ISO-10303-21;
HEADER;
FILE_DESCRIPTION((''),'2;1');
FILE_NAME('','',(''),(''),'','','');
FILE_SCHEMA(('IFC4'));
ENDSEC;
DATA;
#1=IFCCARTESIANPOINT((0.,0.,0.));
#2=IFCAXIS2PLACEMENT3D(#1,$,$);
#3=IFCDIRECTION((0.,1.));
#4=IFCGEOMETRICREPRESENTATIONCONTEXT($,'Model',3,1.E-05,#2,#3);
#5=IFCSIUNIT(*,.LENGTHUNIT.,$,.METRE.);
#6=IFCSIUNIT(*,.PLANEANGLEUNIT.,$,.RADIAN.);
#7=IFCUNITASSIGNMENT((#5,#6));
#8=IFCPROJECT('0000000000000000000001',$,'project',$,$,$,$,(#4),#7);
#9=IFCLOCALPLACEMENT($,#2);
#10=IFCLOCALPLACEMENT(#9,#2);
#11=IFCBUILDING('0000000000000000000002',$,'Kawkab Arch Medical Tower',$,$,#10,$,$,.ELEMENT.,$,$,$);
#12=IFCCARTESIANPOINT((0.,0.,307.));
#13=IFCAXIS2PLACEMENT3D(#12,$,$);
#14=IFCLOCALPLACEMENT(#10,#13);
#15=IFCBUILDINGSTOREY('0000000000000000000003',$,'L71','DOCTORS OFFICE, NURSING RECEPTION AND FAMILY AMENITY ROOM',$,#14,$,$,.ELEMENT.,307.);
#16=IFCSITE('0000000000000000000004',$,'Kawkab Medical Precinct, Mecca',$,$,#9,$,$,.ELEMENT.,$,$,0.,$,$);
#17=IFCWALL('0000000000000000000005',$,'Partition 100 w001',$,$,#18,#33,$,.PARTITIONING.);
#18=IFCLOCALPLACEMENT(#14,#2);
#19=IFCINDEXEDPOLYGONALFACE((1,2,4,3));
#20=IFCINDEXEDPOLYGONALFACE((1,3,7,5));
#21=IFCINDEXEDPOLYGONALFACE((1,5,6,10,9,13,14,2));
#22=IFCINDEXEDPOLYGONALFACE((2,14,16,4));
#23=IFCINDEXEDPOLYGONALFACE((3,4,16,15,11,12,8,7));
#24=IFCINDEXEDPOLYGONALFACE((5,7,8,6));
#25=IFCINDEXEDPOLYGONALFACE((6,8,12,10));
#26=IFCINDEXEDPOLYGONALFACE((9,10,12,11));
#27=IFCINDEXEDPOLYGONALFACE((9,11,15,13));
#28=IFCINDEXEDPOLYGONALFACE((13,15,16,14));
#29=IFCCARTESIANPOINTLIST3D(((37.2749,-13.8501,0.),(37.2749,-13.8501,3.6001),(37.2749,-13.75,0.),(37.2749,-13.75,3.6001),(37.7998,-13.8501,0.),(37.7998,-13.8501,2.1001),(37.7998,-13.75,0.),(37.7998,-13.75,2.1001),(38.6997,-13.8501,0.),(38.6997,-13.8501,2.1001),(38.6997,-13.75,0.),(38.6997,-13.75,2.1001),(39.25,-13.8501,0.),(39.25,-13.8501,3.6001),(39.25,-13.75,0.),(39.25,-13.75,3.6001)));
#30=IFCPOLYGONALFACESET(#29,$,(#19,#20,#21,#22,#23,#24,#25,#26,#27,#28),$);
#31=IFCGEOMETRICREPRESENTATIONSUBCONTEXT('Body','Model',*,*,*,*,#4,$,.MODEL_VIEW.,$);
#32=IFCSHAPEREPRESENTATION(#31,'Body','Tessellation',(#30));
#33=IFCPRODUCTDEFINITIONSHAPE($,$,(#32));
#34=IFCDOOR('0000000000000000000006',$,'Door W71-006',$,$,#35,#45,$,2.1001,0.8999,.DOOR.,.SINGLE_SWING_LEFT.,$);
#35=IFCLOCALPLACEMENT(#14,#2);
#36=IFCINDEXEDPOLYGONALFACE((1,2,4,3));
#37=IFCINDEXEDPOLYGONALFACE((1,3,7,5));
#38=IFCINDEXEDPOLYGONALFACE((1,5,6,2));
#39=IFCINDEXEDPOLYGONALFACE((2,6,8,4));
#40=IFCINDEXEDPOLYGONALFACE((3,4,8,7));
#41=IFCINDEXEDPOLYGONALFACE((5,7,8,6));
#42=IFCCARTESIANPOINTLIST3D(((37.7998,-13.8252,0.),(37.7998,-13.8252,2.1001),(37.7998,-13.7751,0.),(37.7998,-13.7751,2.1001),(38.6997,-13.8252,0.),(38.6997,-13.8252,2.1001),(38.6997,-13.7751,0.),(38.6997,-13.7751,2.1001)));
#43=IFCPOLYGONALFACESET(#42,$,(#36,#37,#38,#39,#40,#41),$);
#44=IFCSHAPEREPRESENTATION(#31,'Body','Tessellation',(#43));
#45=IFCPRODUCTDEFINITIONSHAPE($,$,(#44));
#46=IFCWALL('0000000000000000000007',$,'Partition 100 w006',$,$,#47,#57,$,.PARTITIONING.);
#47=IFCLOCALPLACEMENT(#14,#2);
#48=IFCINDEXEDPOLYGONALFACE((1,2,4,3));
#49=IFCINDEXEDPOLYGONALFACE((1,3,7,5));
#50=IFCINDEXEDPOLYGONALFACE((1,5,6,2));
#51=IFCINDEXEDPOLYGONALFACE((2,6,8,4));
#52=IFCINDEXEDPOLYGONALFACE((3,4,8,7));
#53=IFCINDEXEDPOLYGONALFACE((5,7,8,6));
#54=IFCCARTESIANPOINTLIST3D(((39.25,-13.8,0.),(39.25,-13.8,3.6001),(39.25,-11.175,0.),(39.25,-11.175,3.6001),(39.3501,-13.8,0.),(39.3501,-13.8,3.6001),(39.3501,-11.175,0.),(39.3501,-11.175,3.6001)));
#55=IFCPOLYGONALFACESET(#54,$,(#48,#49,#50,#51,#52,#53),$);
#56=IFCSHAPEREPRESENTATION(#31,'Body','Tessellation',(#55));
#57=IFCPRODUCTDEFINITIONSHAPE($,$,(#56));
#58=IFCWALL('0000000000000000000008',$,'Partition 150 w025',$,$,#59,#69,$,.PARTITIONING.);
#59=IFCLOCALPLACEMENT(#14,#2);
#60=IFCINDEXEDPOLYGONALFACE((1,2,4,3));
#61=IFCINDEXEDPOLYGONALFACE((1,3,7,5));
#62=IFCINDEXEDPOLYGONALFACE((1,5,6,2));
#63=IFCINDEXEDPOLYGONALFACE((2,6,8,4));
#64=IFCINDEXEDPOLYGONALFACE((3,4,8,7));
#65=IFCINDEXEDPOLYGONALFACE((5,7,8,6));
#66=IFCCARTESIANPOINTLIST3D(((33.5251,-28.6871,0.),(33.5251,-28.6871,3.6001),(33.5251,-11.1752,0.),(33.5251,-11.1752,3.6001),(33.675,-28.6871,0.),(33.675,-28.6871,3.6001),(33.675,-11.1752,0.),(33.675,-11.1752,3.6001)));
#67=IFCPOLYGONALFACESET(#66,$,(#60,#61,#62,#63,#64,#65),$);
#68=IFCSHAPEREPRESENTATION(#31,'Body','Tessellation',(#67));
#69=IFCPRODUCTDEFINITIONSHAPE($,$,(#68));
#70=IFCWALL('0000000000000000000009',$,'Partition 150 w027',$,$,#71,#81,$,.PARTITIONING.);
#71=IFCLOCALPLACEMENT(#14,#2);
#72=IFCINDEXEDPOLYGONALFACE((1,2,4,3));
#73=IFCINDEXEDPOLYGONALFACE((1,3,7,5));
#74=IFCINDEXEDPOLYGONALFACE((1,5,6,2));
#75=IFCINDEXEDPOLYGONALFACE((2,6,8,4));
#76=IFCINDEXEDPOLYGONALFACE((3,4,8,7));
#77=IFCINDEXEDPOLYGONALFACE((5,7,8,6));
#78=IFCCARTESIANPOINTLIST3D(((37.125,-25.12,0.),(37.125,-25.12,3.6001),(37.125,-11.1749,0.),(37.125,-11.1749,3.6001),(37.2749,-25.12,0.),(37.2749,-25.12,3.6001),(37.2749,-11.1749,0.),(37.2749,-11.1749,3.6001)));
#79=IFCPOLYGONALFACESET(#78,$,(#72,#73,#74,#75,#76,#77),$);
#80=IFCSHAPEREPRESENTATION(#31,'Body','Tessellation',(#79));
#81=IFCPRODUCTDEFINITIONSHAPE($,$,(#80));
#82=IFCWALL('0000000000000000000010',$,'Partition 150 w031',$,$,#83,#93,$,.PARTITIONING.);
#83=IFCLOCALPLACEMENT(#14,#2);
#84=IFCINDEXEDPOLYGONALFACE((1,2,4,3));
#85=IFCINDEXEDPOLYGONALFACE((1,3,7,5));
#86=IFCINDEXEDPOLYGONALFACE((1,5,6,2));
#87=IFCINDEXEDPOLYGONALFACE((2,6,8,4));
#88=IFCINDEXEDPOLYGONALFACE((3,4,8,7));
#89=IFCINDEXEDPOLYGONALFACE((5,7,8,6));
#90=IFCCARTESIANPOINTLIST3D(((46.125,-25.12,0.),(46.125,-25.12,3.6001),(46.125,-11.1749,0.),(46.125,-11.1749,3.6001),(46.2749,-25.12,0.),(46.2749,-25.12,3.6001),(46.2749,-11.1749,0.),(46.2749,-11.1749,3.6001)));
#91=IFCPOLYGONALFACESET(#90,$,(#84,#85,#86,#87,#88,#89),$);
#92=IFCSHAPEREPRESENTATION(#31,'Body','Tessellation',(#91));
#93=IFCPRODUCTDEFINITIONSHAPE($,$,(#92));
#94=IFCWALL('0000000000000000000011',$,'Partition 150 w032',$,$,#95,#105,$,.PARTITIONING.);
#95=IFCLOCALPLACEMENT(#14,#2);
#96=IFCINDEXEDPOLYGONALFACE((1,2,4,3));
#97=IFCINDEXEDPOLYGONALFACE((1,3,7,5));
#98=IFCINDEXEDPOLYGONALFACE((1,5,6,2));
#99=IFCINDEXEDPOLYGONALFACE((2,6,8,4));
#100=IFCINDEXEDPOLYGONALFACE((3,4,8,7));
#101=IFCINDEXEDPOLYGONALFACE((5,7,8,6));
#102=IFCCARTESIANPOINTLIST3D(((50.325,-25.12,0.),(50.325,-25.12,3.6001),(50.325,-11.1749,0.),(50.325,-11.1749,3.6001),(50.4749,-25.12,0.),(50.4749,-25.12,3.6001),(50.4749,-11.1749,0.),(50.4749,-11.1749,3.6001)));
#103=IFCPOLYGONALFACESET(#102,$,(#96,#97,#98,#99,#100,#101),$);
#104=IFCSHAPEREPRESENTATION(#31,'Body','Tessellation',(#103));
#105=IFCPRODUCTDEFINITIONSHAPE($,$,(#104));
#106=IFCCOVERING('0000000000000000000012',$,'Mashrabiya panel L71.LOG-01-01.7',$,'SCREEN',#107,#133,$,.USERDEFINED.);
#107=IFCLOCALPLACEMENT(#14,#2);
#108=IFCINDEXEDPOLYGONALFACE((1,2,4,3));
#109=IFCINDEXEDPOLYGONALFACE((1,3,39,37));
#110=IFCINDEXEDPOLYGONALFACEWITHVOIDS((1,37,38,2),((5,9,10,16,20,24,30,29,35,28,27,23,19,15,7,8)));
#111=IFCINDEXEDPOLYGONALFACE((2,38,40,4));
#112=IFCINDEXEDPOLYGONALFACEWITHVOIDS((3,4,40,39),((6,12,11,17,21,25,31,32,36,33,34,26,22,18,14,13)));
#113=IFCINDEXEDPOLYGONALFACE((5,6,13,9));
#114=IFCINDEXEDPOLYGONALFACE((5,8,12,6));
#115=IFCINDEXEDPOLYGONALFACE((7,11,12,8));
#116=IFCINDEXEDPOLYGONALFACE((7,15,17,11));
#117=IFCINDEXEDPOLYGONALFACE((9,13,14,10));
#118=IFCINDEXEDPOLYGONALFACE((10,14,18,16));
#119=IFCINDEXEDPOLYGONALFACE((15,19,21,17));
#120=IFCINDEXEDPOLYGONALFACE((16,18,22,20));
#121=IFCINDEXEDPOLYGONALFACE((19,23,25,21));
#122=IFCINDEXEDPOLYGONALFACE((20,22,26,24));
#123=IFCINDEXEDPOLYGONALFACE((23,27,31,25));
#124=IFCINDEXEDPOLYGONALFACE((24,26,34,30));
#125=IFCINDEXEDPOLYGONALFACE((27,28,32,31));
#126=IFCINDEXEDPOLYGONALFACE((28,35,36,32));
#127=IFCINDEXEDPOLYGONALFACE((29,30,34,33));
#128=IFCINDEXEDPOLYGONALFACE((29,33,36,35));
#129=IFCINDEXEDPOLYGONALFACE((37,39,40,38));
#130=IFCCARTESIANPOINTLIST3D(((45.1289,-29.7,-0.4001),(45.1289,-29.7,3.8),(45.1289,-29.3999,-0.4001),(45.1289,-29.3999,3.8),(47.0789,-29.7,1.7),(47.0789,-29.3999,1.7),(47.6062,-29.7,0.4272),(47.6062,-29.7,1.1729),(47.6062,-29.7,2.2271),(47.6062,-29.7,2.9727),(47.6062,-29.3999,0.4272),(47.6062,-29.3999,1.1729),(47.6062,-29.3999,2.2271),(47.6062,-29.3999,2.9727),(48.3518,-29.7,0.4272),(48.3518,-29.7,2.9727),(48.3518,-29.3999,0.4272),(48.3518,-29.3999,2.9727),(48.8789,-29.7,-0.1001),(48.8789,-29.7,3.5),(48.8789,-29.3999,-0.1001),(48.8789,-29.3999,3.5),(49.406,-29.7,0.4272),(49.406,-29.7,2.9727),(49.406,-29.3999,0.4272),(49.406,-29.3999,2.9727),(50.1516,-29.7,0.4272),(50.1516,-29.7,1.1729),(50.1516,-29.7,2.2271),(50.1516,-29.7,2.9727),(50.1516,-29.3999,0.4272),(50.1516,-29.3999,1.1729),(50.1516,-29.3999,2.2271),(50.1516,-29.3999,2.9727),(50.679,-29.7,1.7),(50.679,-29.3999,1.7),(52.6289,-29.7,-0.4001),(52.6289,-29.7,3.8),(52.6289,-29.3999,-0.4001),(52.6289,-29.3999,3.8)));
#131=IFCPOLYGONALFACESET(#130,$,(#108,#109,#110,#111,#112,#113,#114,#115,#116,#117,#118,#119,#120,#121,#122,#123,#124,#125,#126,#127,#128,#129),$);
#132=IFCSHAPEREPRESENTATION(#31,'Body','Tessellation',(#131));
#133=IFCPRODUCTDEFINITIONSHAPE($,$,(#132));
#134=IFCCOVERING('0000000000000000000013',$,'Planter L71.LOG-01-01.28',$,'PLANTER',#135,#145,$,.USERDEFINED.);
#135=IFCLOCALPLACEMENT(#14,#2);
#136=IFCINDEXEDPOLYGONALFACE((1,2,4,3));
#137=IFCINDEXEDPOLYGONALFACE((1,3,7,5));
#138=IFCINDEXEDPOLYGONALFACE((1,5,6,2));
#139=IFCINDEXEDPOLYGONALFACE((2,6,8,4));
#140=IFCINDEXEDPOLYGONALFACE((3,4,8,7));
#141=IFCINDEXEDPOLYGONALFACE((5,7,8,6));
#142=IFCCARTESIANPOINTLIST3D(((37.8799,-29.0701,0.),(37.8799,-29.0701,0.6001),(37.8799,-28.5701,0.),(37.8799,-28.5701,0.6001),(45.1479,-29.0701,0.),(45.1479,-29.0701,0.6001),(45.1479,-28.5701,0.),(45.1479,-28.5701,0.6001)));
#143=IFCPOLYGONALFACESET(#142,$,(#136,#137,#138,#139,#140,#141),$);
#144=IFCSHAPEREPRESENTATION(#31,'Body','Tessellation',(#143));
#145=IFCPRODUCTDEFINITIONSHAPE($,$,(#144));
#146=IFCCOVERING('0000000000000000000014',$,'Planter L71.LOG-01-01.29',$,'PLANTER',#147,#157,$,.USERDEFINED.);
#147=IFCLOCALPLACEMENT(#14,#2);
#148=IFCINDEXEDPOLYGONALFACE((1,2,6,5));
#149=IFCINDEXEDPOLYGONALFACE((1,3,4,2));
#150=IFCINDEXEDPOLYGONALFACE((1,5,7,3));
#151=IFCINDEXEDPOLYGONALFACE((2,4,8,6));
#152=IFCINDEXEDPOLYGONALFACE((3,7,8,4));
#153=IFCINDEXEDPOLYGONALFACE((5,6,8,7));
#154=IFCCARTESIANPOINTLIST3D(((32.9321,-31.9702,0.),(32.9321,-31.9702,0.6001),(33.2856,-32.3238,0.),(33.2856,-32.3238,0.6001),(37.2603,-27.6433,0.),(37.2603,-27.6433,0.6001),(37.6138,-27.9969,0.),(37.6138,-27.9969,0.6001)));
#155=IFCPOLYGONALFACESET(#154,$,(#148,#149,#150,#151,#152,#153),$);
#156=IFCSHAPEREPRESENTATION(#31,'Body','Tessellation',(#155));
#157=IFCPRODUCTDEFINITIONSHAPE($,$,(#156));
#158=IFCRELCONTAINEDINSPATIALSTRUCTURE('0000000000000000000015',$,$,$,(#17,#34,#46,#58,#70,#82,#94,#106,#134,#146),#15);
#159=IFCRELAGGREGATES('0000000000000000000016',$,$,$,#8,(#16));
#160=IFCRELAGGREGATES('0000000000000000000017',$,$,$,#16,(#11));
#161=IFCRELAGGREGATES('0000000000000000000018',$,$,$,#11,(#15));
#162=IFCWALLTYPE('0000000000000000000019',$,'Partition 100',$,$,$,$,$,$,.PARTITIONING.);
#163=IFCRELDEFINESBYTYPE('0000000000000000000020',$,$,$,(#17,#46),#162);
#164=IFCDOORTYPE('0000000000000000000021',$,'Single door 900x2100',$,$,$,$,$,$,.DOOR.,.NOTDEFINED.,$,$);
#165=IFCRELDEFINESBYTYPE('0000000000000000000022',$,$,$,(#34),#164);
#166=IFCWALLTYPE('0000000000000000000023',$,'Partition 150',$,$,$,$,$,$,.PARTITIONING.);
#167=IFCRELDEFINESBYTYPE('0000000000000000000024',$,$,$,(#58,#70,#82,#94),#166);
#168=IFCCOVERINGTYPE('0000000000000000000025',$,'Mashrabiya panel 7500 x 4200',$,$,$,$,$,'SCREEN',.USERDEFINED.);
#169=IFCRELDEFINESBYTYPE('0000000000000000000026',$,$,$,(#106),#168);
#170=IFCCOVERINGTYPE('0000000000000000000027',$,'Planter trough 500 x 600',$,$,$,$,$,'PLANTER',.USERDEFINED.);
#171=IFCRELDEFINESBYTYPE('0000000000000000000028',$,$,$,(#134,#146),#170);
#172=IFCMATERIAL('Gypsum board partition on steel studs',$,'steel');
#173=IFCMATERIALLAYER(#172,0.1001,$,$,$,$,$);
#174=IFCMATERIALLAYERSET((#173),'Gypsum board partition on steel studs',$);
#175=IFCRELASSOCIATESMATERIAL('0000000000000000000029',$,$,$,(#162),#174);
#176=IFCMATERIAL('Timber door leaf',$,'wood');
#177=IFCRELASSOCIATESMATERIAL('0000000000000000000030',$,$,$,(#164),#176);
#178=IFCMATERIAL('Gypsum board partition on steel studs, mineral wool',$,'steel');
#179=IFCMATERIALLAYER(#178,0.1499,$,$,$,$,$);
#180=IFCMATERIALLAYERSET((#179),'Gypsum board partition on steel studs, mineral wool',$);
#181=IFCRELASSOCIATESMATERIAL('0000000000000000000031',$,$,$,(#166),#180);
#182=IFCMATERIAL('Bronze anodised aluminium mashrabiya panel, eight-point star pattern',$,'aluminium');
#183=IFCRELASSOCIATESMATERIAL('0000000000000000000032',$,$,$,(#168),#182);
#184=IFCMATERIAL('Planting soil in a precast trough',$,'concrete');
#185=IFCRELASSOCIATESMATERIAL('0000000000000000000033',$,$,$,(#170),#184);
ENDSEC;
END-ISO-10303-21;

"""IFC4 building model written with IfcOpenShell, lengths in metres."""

from ifc_helpers import new_model, si_unit, direction, frame, frame_2d, origin, origin_2d, place, context, subcontext, project, spatial, polyline, rectangle, outline, extrude, material, layer, layer_set, material_profile, profile_set, type_object, element, fill, save


model = new_model("IFC4")

# Units and contexts
model_context = context("Model", 3, precision=1e-05, world=origin(), true_north=direction((0.0, 1.0)))
body_context = subcontext(model_context, "Body", "Model", "MODEL_VIEW")
ifc_project = project(units=[si_unit("LENGTHUNIT", "METRE"), si_unit("PLANEANGLEUNIT", "RADIAN")], contexts=[model_context])

# Site, building, storey
site_placement = place(None, origin())
site = spatial("IfcSite", under=ifc_project, at=site_placement, Name="Kawkab Medical Precinct, Mecca", CompositionType="ELEMENT", RefElevation=0.0)
building_placement = place(site_placement, origin())
building = spatial("IfcBuilding", under=site, at=building_placement, Name="Kawkab Arch Medical Tower", CompositionType="ELEMENT")
storey_placement = place(building_placement, frame((0.0, 0.0, 307.0)))
storey = spatial("IfcBuildingStorey", under=building, at=storey_placement, Name="L71", Description="DOCTORS OFFICE, NURSING RECEPTION AND FAMILY AMENITY ROOM", CompositionType="ELEMENT", Elevation=307.0)

# Wall, opening, door
ifc_material_1 = material(Name="Gypsum board partition on steel studs", Category="steel")
ifc_layer_1 = layer(ifc_material_1, 0.1001)
ifc_layer_set_1 = layer_set([ifc_layer_1], Name="Gypsum board partition on steel studs")
wall_type_1 = type_object("IfcWallType", Name="Partition 100", PredefinedType="PARTITIONING", material=ifc_layer_set_1)
wall_1_placement = place(storey_placement, frame((37.2749, -13.8, 0.0), z_axis=(0.0, 0.0, 1.0), x_axis=(1.0, 0.0, 0.0)))
wall_1 = element("IfcWall", 1, at=wall_1_placement, inside=storey, type_object=wall_type_1, Name="Partition 100 w001", PredefinedType="PARTITIONING", context=body_context, shape_type="SweptSolid", body=[
    extrude(rectangle(XDim=1.9751, YDim=0.1001, at=frame_2d((0.9875, 0.0))), origin(), (0.0, 0.0, 1.0), 3.6001),
])
opening_1_placement = place(wall_1_placement, frame((0.5249, 0.0, 0.0)))
opening_1 = element("IfcOpeningElement", 2, at=opening_1_placement, cuts=wall_1, PredefinedType="OPENING", context=body_context, shape_type="SweptSolid", body=[
    extrude(rectangle(XDim=0.8999, YDim=2.1001, at=frame_2d((0.45, 1.05))), frame((0.0, 0.0601, 0.0), z_axis=(0.0, -1.0, 0.0), x_axis=(1.0, 0.0, 0.0)), (0.0, 0.0, 1.0), 0.1201),
])
ifc_material_2 = material(Name="Timber door leaf", Category="wood")
door_type_1 = type_object("IfcDoorType", Name="Single door 900x2100", OperationType="NOTDEFINED", PredefinedType="DOOR", material=ifc_material_2)
door_1_placement = place(opening_1_placement, origin())
door_1 = element("IfcDoor", 3, at=door_1_placement, inside=storey, type_object=door_type_1, Name="Door W71-006", OperationType="SINGLE_SWING_LEFT", OverallHeight=2.1001, OverallWidth=0.8999, PredefinedType="DOOR", context=body_context, shape_type="SweptSolid", body=[
    extrude(rectangle(XDim=0.8999, YDim=2.1001, at=frame_2d((0.45, 1.05))), frame((0.0, 0.0249, 0.0), z_axis=(0.0, -1.0, 0.0), x_axis=(1.0, 0.0, 0.0)), (0.0, 0.0, 1.0), 0.05),
])
fill(opening_1, door_1)

# Walls
wall_2_placement = place(storey_placement, frame((39.3, -13.8, 0.0), z_axis=(0.0, 0.0, 1.0), x_axis=(0.0, 1.0, 0.0)))
element("IfcWall", 4, at=wall_2_placement, inside=storey, type_object=wall_type_1, Name="Partition 100 w006", PredefinedType="PARTITIONING", context=body_context, shape_type="SweptSolid", body=[
    extrude(rectangle(XDim=2.625, YDim=0.1001, at=frame_2d((1.3125, 0.0))), origin(), (0.0, 0.0, 1.0), 3.6001),
])
ifc_material_3 = material(Name="Gypsum board partition on steel studs, mineral wool", Category="steel")
ifc_layer_2 = layer(ifc_material_3, 0.1499)
ifc_layer_set_2 = layer_set([ifc_layer_2], Name="Gypsum board partition on steel studs, mineral wool")
wall_type_2 = type_object("IfcWallType", Name="Partition 150", PredefinedType="PARTITIONING", material=ifc_layer_set_2)
wall_3_placement = place(storey_placement, frame((33.6001, -28.687, 0.0), z_axis=(0.0, 0.0, 1.0), x_axis=(0.0, 1.0, 0.0)))
element("IfcWall", 5, at=wall_3_placement, inside=storey, type_object=wall_type_2, Name="Partition 150 w025", PredefinedType="PARTITIONING", context=body_context, shape_type="SweptSolid", body=[
    extrude(rectangle(XDim=17.512, YDim=0.1499, at=frame_2d((8.7559, 0.0))), origin(), (0.0, 0.0, 1.0), 3.6001),
])
for number, where, z_axis, x_axis, name in (
    (6, (37.2, -25.1201, 0.0), (0.0, 0.0, 1.0), (0.0, 1.0, 0.0), "Partition 150 w027"),
    (7, (46.2, -25.1201, 0.0), (0.0, 0.0, 1.0), (0.0, 1.0, 0.0), "Partition 150 w031"),
    (8, (50.3999, -25.1201, 0.0), (0.0, 0.0, 1.0), (0.0, 1.0, 0.0), "Partition 150 w032"),
):
    element("IfcWall", number, at=place(storey_placement, frame(where, z_axis=z_axis, x_axis=x_axis)), inside=storey, type_object=wall_type_2, Name=name, PredefinedType="PARTITIONING", context=body_context, shape_type="SweptSolid", body=[
        extrude(rectangle(XDim=13.9451, YDim=0.1499, at=frame_2d((6.9727, 0.0))), origin(), (0.0, 0.0, 1.0), 3.6001),
    ])

# Coverings
ifc_material_4 = material(Name="Bronze anodised aluminium mashrabiya panel, eight-point star pattern", Category="aluminium")
ifc_material_profile_1 = material_profile(ifc_material_4, outline(polyline([(-3.75, -2.1001), (3.75, -2.1001), (3.75, 2.1001), (-3.75, 2.1001), (-3.75, -2.1001)]), holes=[polyline([(1.8, 0.0), (1.2727, 0.5271), (1.2727, 1.2727), (0.5271, 1.2727), (0.0, 1.8), (-0.5271, 1.2727), (-1.2727, 1.2727), (-1.2727, 0.5271), (-1.8, 0.0), (-1.2727, -0.5271), (-1.2727, -1.2727), (-0.5271, -1.2727), (0.0, -1.8), (0.5271, -1.2727), (1.2727, -1.2727), (1.2727, -0.5271), (1.8, 0.0)])]), Name="Mashrabiya panel 7500x4200")
ifc_profile_set_1 = profile_set([ifc_material_profile_1], Name="Bronze anodised aluminium mashrabiya panel, eight-point star pattern")
covering_type_1 = type_object("IfcCoveringType", Name="Mashrabiya panel 7500 x 4200", ElementType="SCREEN", PredefinedType="USERDEFINED", material=ifc_profile_set_1)
covering_1_placement = place(storey_placement, frame((48.8789, -29.3999, 1.7), z_axis=(0.0, -1.0, 0.0), x_axis=(1.0, 0.0, 0.0)))
element("IfcCovering", 9, at=covering_1_placement, inside=storey, type_object=covering_type_1, Name="Mashrabiya panel L71.LOG-01-01.7", ObjectType="SCREEN", PredefinedType="USERDEFINED", context=body_context, shape_type="SweptSolid", body=[
    extrude(outline(polyline([(-3.75, -2.1001), (3.75, -2.1001), (3.75, 2.1001), (-3.75, 2.1001), (-3.75, -2.1001)]), holes=[polyline([(1.8, 0.0), (1.2727, 0.5271), (1.2727, 1.2727), (0.5271, 1.2727), (0.0, 1.8), (-0.5271, 1.2727), (-1.2727, 1.2727), (-1.2727, 0.5271), (-1.8, 0.0), (-1.2727, -0.5271), (-1.2727, -1.2727), (-0.5271, -1.2727), (0.0, -1.8), (0.5271, -1.2727), (1.2727, -1.2727), (1.2727, -0.5271), (1.8, 0.0)])]), origin(), (0.0, 0.0, 1.0), 0.3),
])
ifc_material_5 = material(Name="Planting soil in a precast trough", Category="concrete")
ifc_material_profile_2 = material_profile(ifc_material_5, rectangle(XDim=0.5, YDim=0.6001, at=origin_2d()), Name="Trough 500x600")
ifc_profile_set_2 = profile_set([ifc_material_profile_2], Name="Planting soil in a precast trough")
covering_type_2 = type_object("IfcCoveringType", Name="Planter trough 500 x 600", ElementType="PLANTER", PredefinedType="USERDEFINED", material=ifc_profile_set_2)
covering_2_placement = place(storey_placement, frame((45.1479, -28.8201, 0.3), z_axis=(-1.0, 0.0, 0.0), x_axis=(0.0, -1.0, 0.0)))
element("IfcCovering", 10, at=covering_2_placement, inside=storey, type_object=covering_type_2, Name="Planter L71.LOG-01-01.28", ObjectType="PLANTER", PredefinedType="USERDEFINED", context=body_context, shape_type="SweptSolid", body=[
    extrude(rectangle(XDim=0.5, YDim=0.6001, at=origin_2d()), origin(), (0.0, 0.0, 1.0), 7.2681),
])
covering_3_placement = place(storey_placement, frame((37.437, -27.8201, 0.3), z_axis=(-0.707207, -0.707007, 0.0), x_axis=(0.707007, -0.707207, 0.0)))
element("IfcCovering", 11, at=covering_3_placement, inside=storey, type_object=covering_type_2, Name="Planter L71.LOG-01-01.29", ObjectType="PLANTER", PredefinedType="USERDEFINED", context=body_context, shape_type="SweptSolid", body=[
    extrude(rectangle(XDim=0.5, YDim=0.6001, at=origin_2d()), origin(), (0.0, 0.0, 1.0), 6.1201),
])

save(model, "model.ifc")
